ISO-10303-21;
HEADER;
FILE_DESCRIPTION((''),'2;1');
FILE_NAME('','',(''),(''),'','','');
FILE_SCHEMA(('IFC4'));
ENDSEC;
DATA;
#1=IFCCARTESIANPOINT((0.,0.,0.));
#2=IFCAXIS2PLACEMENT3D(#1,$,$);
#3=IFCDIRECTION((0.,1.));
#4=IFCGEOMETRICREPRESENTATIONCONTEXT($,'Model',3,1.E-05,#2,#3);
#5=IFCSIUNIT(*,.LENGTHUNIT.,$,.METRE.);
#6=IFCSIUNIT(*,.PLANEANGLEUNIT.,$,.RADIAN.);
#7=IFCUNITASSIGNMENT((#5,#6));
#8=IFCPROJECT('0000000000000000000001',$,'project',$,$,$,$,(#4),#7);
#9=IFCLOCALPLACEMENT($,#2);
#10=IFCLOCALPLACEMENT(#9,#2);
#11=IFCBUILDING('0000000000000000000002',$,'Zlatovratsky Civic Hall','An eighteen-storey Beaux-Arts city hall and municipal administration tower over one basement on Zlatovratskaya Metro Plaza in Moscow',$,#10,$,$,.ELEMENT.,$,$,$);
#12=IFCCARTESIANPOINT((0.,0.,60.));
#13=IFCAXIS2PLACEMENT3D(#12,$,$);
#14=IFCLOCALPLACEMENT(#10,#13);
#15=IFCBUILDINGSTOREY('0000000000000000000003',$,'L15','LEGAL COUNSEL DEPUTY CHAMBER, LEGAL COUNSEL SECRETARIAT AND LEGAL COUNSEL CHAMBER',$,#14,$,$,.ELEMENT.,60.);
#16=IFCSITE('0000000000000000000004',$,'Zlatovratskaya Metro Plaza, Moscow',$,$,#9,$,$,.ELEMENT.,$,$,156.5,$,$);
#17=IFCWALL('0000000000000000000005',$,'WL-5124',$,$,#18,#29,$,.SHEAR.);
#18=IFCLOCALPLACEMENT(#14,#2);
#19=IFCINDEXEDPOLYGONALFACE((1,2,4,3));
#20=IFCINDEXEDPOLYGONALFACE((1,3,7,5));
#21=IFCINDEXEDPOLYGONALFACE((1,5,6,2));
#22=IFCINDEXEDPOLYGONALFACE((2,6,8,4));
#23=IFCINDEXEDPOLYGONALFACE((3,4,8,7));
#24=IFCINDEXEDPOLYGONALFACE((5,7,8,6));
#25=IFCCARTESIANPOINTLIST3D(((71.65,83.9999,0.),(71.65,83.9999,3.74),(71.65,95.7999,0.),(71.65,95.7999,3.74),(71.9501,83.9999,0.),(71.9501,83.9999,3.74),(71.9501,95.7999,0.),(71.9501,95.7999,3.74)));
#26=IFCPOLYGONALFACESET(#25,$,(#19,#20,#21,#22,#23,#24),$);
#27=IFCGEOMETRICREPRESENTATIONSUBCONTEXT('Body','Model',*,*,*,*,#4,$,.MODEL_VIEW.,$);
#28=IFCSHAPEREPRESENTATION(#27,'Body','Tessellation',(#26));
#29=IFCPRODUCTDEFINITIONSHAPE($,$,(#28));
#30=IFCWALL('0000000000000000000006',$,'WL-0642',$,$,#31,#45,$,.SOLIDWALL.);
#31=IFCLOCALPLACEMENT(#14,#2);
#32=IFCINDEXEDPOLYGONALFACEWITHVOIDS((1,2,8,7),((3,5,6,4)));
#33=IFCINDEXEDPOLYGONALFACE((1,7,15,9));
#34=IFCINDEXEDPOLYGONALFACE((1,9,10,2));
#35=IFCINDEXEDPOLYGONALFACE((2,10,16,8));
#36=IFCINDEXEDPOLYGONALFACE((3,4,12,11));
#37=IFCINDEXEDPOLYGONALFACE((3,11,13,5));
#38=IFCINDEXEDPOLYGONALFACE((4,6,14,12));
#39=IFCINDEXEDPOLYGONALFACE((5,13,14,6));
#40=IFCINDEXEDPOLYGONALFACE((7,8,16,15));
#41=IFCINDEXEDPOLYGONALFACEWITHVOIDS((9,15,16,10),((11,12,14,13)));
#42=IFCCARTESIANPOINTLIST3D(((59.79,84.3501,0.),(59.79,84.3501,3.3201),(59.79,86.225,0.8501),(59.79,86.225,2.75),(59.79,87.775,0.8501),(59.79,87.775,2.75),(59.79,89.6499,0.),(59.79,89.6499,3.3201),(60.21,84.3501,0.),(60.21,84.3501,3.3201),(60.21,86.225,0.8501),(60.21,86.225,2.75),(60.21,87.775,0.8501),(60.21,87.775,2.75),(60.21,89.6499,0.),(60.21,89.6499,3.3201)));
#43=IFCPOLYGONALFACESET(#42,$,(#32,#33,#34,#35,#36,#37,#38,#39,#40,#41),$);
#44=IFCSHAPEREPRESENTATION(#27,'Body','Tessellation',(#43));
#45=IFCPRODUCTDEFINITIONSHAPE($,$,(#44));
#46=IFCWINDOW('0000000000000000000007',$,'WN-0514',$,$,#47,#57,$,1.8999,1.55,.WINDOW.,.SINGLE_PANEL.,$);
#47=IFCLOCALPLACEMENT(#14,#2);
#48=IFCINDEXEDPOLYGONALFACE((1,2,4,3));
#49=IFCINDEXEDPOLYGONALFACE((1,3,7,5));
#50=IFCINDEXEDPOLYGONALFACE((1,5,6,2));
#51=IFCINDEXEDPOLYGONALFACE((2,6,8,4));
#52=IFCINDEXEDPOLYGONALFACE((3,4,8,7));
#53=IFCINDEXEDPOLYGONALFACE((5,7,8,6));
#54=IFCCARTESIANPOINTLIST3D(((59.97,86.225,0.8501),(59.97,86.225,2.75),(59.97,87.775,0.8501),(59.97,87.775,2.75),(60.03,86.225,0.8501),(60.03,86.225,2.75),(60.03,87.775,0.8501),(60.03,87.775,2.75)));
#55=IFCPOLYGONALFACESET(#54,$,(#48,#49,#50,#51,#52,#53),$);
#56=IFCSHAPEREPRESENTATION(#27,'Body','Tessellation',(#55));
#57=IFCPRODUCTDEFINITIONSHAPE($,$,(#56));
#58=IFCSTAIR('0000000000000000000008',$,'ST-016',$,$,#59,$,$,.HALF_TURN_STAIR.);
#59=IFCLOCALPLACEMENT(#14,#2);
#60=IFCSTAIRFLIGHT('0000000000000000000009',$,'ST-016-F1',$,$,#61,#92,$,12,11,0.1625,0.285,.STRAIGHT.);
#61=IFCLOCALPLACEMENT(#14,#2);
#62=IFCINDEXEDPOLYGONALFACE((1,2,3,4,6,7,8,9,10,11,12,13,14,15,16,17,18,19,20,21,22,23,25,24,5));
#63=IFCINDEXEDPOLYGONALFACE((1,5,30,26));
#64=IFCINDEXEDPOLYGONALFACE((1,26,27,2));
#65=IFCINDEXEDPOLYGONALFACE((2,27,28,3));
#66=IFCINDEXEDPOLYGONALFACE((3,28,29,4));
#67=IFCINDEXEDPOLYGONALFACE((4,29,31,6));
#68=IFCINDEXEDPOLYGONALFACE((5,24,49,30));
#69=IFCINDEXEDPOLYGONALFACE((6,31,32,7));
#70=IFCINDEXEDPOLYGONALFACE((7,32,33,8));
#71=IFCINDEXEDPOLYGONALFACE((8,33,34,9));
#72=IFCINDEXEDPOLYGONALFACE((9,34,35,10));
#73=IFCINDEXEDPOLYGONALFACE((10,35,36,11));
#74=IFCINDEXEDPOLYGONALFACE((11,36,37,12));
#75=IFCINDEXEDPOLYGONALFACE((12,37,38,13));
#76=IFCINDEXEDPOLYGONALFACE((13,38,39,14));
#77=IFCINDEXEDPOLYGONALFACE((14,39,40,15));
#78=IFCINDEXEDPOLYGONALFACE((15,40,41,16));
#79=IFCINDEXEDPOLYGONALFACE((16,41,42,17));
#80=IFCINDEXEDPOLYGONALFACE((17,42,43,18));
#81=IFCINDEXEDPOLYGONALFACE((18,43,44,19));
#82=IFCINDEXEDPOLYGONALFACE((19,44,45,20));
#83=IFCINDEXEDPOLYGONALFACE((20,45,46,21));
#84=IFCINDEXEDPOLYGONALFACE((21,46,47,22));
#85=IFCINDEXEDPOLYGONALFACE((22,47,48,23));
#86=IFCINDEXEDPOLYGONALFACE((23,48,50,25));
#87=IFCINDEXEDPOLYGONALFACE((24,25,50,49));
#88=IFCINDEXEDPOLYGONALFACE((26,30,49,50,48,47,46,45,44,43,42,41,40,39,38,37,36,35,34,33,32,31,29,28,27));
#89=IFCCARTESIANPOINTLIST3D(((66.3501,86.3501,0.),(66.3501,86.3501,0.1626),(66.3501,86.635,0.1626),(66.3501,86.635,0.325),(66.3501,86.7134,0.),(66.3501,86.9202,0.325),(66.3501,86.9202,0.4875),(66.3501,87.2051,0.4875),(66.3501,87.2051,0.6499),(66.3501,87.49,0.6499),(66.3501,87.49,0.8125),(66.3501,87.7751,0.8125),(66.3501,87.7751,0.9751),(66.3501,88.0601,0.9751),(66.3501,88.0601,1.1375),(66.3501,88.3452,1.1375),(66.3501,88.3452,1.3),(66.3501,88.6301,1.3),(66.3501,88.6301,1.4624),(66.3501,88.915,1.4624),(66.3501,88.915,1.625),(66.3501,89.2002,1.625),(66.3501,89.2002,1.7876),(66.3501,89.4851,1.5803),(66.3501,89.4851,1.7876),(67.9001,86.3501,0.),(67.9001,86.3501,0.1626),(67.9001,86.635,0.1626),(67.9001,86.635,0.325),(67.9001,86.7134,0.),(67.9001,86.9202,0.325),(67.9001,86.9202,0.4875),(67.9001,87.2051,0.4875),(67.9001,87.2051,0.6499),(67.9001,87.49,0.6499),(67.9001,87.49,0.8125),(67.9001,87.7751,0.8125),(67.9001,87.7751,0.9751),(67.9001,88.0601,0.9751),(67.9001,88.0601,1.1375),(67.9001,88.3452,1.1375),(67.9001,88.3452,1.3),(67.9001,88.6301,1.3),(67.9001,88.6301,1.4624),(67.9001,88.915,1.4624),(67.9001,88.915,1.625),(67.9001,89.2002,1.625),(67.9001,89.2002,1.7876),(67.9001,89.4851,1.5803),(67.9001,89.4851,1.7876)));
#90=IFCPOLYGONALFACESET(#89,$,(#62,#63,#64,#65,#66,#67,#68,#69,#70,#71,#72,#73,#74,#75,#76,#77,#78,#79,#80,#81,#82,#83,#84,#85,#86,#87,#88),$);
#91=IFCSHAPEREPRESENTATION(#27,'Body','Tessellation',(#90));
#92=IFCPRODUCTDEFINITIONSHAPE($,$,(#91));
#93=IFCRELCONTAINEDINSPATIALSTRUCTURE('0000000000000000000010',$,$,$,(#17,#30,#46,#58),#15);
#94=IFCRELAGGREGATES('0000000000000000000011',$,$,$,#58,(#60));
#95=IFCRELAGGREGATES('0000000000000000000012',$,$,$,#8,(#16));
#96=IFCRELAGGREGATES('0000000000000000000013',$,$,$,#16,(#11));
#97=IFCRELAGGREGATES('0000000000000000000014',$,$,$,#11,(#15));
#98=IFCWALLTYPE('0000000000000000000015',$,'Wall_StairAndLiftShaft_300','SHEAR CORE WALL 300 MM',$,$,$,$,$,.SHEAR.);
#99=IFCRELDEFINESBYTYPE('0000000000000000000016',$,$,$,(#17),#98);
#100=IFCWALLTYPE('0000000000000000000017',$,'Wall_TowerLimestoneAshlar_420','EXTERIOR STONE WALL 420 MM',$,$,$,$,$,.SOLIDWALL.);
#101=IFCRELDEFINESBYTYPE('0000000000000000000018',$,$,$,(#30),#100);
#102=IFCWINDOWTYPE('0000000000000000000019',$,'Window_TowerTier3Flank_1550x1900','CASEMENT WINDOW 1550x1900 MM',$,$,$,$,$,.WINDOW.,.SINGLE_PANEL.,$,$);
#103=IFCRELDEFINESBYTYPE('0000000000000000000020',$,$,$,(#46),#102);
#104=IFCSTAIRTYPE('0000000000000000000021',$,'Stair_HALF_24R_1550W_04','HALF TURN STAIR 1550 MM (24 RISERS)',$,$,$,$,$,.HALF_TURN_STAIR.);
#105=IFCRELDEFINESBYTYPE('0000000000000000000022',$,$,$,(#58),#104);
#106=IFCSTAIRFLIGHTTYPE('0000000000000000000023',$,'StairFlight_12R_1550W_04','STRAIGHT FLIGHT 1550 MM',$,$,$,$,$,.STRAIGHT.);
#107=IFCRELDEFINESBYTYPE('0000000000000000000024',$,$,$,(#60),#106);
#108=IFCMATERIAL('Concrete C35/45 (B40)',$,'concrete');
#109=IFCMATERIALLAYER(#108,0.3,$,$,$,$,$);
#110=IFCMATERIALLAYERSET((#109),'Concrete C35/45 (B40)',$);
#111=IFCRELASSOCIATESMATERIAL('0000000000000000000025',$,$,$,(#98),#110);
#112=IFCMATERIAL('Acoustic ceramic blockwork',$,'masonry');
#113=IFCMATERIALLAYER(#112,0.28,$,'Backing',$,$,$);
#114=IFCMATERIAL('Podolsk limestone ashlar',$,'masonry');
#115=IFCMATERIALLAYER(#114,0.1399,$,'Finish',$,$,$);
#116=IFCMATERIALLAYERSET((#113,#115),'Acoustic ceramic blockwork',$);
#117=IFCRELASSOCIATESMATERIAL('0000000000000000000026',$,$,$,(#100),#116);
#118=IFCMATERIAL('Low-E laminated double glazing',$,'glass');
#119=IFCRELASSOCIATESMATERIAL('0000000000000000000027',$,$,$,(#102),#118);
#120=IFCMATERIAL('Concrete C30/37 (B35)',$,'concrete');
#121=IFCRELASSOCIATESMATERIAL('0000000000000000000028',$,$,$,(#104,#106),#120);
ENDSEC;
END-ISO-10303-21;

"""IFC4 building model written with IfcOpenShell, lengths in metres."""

from ifc_helpers import new_model, si_unit, direction, frame, frame_2d, origin, place, context, subcontext, project, spatial, polyline, rectangle, outline, extrude, material, layer, layer_set, type_object, element, fill, aggregate, save


model = new_model("IFC4")

# Units and contexts
model_context = context("Model", 3, precision=1e-05, world=origin(), true_north=direction((0.0, 1.0)))
body_context = subcontext(model_context, "Body", "Model", "MODEL_VIEW")
ifc_project = project(units=[si_unit("LENGTHUNIT", "METRE"), si_unit("PLANEANGLEUNIT", "RADIAN")], contexts=[model_context])

# Site, building, storey
site_placement = place(None, origin())
site = spatial("IfcSite", under=ifc_project, at=site_placement, Name="Zlatovratskaya Metro Plaza, Moscow", CompositionType="ELEMENT", RefElevation=156.5)
building_placement = place(site_placement, origin())
building = spatial("IfcBuilding", under=site, at=building_placement, Name="Zlatovratsky Civic Hall", Description="An eighteen-storey Beaux-Arts city hall and municipal administration tower over one basement on Zlatovratskaya Metro Plaza in Moscow", CompositionType="ELEMENT")
storey_placement = place(building_placement, frame((0.0, 0.0, 60.0)))
storey = spatial("IfcBuildingStorey", under=building, at=storey_placement, Name="L15", Description="LEGAL COUNSEL DEPUTY CHAMBER, LEGAL COUNSEL SECRETARIAT AND LEGAL COUNSEL CHAMBER", CompositionType="ELEMENT", Elevation=60.0)

# Shared definitions
ifc_material_1 = material(Name="Concrete C35/45 (B40)", Category="concrete")

# Shared definitions
ifc_layer_1 = layer(ifc_material_1, 0.3)
ifc_layer_set_1 = layer_set([ifc_layer_1], Name="Concrete C35/45 (B40)")
wall_type_1 = type_object("IfcWallType", Name="Wall_StairAndLiftShaft_300", Description="SHEAR CORE WALL 300 MM", PredefinedType="SHEAR", material=ifc_layer_set_1)

# Wall
for number, where, z_axis, x_axis, name in (
    (1, (71.8, 84.0, 0.0), (0.0, 0.0, 1.0), (0.0, 1.0, 0.0), "WL-5124"),
):
    element("IfcWall", number, at=place(storey_placement, frame(where, z_axis=z_axis, x_axis=x_axis)), inside=storey, type_object=wall_type_1, Name=name, PredefinedType="SHEAR", context=body_context, shape_type="SweptSolid", body=[
        extrude(rectangle(XDim=11.8, YDim=0.3, at=frame_2d((5.8999, 0.0))), origin(), (0.0, 0.0, 1.0), 3.74),
    ])

# Wall, opening, window
ifc_material_2 = material(Name="Acoustic ceramic blockwork", Category="masonry")
ifc_layer_2 = layer(ifc_material_2, 0.28, Name="Backing")
ifc_material_3 = material(Name="Podolsk limestone ashlar", Category="masonry")
ifc_layer_3 = layer(ifc_material_3, 0.1399, Name="Finish")
ifc_layer_set_2 = layer_set([ifc_layer_2, ifc_layer_3], Name="Acoustic ceramic blockwork")
wall_type_2 = type_object("IfcWallType", Name="Wall_TowerLimestoneAshlar_420", Description="EXTERIOR STONE WALL 420 MM", PredefinedType="SOLIDWALL", material=ifc_layer_set_2)
wall_1_placement = place(storey_placement, frame((60.0, 84.3501, 0.0), z_axis=(0.0, 0.0, 1.0), x_axis=(0.0, 1.0, 0.0)))
wall_1 = element("IfcWall", 2, at=wall_1_placement, inside=storey, type_object=wall_type_2, Name="WL-0642", PredefinedType="SOLIDWALL", context=body_context, shape_type="SweptSolid", body=[
    extrude(rectangle(XDim=5.2998, YDim=0.4199, at=frame_2d((2.6499, 0.0))), origin(), (0.0, 0.0, 1.0), 3.3201),
])
opening_1_placement = place(wall_1_placement, frame((1.875, 0.0, 0.8501)))
opening_1 = element("IfcOpeningElement", 3, at=opening_1_placement, cuts=wall_1, PredefinedType="OPENING", context=body_context, shape_type="SweptSolid", body=[
    extrude(rectangle(XDim=1.55, YDim=1.8999, at=frame_2d((0.7749, 0.95))), frame((0.0, 0.2249, 0.0), z_axis=(0.0, -1.0, 0.0), x_axis=(1.0, 0.0, 0.0)), (0.0, 0.0, 1.0), 0.4497),
])
ifc_material_4 = material(Name="Low-E laminated double glazing", Category="glass")
window_type = type_object("IfcWindowType", Name="Window_TowerTier3Flank_1550x1900", Description="CASEMENT WINDOW 1550x1900 MM", PartitioningType="SINGLE_PANEL", PredefinedType="WINDOW", material=ifc_material_4)
window_placement = place(opening_1_placement, origin())
window = element("IfcWindow", 4, at=window_placement, inside=storey, type_object=window_type, Name="WN-0514", OverallHeight=1.8999, OverallWidth=1.55, PartitioningType="SINGLE_PANEL", PredefinedType="WINDOW", context=body_context, shape_type="SweptSolid", body=[
    extrude(rectangle(XDim=1.55, YDim=1.8999, at=frame_2d((0.7749, 0.95))), frame((0.0, 0.03, 0.0), z_axis=(0.0, -1.0, 0.0), x_axis=(1.0, 0.0, 0.0)), (0.0, 0.0, 1.0), 0.0601),
])
fill(opening_1, window)

# Stair, stair flight
ifc_material_5 = material(Name="Concrete C30/37 (B35)", Category="concrete")
stair_type = type_object("IfcStairType", Name="Stair_HALF_24R_1550W_04", Description="HALF TURN STAIR 1550 MM (24 RISERS)", PredefinedType="HALF_TURN_STAIR", material=ifc_material_5)
stair_placement = place(storey_placement, origin())
stair = element("IfcStair", 5, at=stair_placement, inside=storey, type_object=stair_type, Name="ST-016", PredefinedType="HALF_TURN_STAIR")
stair_flight_type = type_object("IfcStairFlightType", Name="StairFlight_12R_1550W_04", Description="STRAIGHT FLIGHT 1550 MM", PredefinedType="STRAIGHT", material=ifc_material_5)
stair_flight_placement = place(storey_placement, frame((67.125, 86.3501, 0.0), z_axis=(0.0, 0.0, 1.0), x_axis=(0.0, 1.0, 0.0)))
stair_flight = element("IfcStairFlight", 6, at=stair_flight_placement, type_object=stair_flight_type, Name="ST-016-F1", NumberOfRisers=12, NumberOfTreads=11, PredefinedType="STRAIGHT", RiserHeight=0.1625, TreadLength=0.285, context=body_context, shape_type="SweptSolid", body=[
    extrude(outline(polyline([(0.0, 0.0), (0.0, 0.1626), (0.2849, 0.1626), (0.2849, 0.325), (0.5701, 0.325), (0.5701, 0.4875), (0.855, 0.4875), (0.855, 0.6499), (1.1399, 0.6499), (1.1399, 0.8125), (1.425, 0.8125), (1.425, 0.9751), (1.71, 0.9751), (1.71, 1.1375), (1.9951, 1.1375), (1.9951, 1.3), (2.28, 1.3), (2.28, 1.4624), (2.5649, 1.4624), (2.5649, 1.625), (2.8501, 1.625), (2.8501, 1.7876), (3.135, 1.7876), (3.135, 1.95), (3.135, 1.5803), (0.3633, 0.0), (0.0, 0.0)])), frame((0.0, 0.7749, 0.0), z_axis=(0.0, -1.0, 0.0), x_axis=(1.0, 0.0, 0.0)), (0.0, 0.0, 1.0), 1.55),
])
aggregate(stair, [stair_flight])

save(model, "model.ifc")
